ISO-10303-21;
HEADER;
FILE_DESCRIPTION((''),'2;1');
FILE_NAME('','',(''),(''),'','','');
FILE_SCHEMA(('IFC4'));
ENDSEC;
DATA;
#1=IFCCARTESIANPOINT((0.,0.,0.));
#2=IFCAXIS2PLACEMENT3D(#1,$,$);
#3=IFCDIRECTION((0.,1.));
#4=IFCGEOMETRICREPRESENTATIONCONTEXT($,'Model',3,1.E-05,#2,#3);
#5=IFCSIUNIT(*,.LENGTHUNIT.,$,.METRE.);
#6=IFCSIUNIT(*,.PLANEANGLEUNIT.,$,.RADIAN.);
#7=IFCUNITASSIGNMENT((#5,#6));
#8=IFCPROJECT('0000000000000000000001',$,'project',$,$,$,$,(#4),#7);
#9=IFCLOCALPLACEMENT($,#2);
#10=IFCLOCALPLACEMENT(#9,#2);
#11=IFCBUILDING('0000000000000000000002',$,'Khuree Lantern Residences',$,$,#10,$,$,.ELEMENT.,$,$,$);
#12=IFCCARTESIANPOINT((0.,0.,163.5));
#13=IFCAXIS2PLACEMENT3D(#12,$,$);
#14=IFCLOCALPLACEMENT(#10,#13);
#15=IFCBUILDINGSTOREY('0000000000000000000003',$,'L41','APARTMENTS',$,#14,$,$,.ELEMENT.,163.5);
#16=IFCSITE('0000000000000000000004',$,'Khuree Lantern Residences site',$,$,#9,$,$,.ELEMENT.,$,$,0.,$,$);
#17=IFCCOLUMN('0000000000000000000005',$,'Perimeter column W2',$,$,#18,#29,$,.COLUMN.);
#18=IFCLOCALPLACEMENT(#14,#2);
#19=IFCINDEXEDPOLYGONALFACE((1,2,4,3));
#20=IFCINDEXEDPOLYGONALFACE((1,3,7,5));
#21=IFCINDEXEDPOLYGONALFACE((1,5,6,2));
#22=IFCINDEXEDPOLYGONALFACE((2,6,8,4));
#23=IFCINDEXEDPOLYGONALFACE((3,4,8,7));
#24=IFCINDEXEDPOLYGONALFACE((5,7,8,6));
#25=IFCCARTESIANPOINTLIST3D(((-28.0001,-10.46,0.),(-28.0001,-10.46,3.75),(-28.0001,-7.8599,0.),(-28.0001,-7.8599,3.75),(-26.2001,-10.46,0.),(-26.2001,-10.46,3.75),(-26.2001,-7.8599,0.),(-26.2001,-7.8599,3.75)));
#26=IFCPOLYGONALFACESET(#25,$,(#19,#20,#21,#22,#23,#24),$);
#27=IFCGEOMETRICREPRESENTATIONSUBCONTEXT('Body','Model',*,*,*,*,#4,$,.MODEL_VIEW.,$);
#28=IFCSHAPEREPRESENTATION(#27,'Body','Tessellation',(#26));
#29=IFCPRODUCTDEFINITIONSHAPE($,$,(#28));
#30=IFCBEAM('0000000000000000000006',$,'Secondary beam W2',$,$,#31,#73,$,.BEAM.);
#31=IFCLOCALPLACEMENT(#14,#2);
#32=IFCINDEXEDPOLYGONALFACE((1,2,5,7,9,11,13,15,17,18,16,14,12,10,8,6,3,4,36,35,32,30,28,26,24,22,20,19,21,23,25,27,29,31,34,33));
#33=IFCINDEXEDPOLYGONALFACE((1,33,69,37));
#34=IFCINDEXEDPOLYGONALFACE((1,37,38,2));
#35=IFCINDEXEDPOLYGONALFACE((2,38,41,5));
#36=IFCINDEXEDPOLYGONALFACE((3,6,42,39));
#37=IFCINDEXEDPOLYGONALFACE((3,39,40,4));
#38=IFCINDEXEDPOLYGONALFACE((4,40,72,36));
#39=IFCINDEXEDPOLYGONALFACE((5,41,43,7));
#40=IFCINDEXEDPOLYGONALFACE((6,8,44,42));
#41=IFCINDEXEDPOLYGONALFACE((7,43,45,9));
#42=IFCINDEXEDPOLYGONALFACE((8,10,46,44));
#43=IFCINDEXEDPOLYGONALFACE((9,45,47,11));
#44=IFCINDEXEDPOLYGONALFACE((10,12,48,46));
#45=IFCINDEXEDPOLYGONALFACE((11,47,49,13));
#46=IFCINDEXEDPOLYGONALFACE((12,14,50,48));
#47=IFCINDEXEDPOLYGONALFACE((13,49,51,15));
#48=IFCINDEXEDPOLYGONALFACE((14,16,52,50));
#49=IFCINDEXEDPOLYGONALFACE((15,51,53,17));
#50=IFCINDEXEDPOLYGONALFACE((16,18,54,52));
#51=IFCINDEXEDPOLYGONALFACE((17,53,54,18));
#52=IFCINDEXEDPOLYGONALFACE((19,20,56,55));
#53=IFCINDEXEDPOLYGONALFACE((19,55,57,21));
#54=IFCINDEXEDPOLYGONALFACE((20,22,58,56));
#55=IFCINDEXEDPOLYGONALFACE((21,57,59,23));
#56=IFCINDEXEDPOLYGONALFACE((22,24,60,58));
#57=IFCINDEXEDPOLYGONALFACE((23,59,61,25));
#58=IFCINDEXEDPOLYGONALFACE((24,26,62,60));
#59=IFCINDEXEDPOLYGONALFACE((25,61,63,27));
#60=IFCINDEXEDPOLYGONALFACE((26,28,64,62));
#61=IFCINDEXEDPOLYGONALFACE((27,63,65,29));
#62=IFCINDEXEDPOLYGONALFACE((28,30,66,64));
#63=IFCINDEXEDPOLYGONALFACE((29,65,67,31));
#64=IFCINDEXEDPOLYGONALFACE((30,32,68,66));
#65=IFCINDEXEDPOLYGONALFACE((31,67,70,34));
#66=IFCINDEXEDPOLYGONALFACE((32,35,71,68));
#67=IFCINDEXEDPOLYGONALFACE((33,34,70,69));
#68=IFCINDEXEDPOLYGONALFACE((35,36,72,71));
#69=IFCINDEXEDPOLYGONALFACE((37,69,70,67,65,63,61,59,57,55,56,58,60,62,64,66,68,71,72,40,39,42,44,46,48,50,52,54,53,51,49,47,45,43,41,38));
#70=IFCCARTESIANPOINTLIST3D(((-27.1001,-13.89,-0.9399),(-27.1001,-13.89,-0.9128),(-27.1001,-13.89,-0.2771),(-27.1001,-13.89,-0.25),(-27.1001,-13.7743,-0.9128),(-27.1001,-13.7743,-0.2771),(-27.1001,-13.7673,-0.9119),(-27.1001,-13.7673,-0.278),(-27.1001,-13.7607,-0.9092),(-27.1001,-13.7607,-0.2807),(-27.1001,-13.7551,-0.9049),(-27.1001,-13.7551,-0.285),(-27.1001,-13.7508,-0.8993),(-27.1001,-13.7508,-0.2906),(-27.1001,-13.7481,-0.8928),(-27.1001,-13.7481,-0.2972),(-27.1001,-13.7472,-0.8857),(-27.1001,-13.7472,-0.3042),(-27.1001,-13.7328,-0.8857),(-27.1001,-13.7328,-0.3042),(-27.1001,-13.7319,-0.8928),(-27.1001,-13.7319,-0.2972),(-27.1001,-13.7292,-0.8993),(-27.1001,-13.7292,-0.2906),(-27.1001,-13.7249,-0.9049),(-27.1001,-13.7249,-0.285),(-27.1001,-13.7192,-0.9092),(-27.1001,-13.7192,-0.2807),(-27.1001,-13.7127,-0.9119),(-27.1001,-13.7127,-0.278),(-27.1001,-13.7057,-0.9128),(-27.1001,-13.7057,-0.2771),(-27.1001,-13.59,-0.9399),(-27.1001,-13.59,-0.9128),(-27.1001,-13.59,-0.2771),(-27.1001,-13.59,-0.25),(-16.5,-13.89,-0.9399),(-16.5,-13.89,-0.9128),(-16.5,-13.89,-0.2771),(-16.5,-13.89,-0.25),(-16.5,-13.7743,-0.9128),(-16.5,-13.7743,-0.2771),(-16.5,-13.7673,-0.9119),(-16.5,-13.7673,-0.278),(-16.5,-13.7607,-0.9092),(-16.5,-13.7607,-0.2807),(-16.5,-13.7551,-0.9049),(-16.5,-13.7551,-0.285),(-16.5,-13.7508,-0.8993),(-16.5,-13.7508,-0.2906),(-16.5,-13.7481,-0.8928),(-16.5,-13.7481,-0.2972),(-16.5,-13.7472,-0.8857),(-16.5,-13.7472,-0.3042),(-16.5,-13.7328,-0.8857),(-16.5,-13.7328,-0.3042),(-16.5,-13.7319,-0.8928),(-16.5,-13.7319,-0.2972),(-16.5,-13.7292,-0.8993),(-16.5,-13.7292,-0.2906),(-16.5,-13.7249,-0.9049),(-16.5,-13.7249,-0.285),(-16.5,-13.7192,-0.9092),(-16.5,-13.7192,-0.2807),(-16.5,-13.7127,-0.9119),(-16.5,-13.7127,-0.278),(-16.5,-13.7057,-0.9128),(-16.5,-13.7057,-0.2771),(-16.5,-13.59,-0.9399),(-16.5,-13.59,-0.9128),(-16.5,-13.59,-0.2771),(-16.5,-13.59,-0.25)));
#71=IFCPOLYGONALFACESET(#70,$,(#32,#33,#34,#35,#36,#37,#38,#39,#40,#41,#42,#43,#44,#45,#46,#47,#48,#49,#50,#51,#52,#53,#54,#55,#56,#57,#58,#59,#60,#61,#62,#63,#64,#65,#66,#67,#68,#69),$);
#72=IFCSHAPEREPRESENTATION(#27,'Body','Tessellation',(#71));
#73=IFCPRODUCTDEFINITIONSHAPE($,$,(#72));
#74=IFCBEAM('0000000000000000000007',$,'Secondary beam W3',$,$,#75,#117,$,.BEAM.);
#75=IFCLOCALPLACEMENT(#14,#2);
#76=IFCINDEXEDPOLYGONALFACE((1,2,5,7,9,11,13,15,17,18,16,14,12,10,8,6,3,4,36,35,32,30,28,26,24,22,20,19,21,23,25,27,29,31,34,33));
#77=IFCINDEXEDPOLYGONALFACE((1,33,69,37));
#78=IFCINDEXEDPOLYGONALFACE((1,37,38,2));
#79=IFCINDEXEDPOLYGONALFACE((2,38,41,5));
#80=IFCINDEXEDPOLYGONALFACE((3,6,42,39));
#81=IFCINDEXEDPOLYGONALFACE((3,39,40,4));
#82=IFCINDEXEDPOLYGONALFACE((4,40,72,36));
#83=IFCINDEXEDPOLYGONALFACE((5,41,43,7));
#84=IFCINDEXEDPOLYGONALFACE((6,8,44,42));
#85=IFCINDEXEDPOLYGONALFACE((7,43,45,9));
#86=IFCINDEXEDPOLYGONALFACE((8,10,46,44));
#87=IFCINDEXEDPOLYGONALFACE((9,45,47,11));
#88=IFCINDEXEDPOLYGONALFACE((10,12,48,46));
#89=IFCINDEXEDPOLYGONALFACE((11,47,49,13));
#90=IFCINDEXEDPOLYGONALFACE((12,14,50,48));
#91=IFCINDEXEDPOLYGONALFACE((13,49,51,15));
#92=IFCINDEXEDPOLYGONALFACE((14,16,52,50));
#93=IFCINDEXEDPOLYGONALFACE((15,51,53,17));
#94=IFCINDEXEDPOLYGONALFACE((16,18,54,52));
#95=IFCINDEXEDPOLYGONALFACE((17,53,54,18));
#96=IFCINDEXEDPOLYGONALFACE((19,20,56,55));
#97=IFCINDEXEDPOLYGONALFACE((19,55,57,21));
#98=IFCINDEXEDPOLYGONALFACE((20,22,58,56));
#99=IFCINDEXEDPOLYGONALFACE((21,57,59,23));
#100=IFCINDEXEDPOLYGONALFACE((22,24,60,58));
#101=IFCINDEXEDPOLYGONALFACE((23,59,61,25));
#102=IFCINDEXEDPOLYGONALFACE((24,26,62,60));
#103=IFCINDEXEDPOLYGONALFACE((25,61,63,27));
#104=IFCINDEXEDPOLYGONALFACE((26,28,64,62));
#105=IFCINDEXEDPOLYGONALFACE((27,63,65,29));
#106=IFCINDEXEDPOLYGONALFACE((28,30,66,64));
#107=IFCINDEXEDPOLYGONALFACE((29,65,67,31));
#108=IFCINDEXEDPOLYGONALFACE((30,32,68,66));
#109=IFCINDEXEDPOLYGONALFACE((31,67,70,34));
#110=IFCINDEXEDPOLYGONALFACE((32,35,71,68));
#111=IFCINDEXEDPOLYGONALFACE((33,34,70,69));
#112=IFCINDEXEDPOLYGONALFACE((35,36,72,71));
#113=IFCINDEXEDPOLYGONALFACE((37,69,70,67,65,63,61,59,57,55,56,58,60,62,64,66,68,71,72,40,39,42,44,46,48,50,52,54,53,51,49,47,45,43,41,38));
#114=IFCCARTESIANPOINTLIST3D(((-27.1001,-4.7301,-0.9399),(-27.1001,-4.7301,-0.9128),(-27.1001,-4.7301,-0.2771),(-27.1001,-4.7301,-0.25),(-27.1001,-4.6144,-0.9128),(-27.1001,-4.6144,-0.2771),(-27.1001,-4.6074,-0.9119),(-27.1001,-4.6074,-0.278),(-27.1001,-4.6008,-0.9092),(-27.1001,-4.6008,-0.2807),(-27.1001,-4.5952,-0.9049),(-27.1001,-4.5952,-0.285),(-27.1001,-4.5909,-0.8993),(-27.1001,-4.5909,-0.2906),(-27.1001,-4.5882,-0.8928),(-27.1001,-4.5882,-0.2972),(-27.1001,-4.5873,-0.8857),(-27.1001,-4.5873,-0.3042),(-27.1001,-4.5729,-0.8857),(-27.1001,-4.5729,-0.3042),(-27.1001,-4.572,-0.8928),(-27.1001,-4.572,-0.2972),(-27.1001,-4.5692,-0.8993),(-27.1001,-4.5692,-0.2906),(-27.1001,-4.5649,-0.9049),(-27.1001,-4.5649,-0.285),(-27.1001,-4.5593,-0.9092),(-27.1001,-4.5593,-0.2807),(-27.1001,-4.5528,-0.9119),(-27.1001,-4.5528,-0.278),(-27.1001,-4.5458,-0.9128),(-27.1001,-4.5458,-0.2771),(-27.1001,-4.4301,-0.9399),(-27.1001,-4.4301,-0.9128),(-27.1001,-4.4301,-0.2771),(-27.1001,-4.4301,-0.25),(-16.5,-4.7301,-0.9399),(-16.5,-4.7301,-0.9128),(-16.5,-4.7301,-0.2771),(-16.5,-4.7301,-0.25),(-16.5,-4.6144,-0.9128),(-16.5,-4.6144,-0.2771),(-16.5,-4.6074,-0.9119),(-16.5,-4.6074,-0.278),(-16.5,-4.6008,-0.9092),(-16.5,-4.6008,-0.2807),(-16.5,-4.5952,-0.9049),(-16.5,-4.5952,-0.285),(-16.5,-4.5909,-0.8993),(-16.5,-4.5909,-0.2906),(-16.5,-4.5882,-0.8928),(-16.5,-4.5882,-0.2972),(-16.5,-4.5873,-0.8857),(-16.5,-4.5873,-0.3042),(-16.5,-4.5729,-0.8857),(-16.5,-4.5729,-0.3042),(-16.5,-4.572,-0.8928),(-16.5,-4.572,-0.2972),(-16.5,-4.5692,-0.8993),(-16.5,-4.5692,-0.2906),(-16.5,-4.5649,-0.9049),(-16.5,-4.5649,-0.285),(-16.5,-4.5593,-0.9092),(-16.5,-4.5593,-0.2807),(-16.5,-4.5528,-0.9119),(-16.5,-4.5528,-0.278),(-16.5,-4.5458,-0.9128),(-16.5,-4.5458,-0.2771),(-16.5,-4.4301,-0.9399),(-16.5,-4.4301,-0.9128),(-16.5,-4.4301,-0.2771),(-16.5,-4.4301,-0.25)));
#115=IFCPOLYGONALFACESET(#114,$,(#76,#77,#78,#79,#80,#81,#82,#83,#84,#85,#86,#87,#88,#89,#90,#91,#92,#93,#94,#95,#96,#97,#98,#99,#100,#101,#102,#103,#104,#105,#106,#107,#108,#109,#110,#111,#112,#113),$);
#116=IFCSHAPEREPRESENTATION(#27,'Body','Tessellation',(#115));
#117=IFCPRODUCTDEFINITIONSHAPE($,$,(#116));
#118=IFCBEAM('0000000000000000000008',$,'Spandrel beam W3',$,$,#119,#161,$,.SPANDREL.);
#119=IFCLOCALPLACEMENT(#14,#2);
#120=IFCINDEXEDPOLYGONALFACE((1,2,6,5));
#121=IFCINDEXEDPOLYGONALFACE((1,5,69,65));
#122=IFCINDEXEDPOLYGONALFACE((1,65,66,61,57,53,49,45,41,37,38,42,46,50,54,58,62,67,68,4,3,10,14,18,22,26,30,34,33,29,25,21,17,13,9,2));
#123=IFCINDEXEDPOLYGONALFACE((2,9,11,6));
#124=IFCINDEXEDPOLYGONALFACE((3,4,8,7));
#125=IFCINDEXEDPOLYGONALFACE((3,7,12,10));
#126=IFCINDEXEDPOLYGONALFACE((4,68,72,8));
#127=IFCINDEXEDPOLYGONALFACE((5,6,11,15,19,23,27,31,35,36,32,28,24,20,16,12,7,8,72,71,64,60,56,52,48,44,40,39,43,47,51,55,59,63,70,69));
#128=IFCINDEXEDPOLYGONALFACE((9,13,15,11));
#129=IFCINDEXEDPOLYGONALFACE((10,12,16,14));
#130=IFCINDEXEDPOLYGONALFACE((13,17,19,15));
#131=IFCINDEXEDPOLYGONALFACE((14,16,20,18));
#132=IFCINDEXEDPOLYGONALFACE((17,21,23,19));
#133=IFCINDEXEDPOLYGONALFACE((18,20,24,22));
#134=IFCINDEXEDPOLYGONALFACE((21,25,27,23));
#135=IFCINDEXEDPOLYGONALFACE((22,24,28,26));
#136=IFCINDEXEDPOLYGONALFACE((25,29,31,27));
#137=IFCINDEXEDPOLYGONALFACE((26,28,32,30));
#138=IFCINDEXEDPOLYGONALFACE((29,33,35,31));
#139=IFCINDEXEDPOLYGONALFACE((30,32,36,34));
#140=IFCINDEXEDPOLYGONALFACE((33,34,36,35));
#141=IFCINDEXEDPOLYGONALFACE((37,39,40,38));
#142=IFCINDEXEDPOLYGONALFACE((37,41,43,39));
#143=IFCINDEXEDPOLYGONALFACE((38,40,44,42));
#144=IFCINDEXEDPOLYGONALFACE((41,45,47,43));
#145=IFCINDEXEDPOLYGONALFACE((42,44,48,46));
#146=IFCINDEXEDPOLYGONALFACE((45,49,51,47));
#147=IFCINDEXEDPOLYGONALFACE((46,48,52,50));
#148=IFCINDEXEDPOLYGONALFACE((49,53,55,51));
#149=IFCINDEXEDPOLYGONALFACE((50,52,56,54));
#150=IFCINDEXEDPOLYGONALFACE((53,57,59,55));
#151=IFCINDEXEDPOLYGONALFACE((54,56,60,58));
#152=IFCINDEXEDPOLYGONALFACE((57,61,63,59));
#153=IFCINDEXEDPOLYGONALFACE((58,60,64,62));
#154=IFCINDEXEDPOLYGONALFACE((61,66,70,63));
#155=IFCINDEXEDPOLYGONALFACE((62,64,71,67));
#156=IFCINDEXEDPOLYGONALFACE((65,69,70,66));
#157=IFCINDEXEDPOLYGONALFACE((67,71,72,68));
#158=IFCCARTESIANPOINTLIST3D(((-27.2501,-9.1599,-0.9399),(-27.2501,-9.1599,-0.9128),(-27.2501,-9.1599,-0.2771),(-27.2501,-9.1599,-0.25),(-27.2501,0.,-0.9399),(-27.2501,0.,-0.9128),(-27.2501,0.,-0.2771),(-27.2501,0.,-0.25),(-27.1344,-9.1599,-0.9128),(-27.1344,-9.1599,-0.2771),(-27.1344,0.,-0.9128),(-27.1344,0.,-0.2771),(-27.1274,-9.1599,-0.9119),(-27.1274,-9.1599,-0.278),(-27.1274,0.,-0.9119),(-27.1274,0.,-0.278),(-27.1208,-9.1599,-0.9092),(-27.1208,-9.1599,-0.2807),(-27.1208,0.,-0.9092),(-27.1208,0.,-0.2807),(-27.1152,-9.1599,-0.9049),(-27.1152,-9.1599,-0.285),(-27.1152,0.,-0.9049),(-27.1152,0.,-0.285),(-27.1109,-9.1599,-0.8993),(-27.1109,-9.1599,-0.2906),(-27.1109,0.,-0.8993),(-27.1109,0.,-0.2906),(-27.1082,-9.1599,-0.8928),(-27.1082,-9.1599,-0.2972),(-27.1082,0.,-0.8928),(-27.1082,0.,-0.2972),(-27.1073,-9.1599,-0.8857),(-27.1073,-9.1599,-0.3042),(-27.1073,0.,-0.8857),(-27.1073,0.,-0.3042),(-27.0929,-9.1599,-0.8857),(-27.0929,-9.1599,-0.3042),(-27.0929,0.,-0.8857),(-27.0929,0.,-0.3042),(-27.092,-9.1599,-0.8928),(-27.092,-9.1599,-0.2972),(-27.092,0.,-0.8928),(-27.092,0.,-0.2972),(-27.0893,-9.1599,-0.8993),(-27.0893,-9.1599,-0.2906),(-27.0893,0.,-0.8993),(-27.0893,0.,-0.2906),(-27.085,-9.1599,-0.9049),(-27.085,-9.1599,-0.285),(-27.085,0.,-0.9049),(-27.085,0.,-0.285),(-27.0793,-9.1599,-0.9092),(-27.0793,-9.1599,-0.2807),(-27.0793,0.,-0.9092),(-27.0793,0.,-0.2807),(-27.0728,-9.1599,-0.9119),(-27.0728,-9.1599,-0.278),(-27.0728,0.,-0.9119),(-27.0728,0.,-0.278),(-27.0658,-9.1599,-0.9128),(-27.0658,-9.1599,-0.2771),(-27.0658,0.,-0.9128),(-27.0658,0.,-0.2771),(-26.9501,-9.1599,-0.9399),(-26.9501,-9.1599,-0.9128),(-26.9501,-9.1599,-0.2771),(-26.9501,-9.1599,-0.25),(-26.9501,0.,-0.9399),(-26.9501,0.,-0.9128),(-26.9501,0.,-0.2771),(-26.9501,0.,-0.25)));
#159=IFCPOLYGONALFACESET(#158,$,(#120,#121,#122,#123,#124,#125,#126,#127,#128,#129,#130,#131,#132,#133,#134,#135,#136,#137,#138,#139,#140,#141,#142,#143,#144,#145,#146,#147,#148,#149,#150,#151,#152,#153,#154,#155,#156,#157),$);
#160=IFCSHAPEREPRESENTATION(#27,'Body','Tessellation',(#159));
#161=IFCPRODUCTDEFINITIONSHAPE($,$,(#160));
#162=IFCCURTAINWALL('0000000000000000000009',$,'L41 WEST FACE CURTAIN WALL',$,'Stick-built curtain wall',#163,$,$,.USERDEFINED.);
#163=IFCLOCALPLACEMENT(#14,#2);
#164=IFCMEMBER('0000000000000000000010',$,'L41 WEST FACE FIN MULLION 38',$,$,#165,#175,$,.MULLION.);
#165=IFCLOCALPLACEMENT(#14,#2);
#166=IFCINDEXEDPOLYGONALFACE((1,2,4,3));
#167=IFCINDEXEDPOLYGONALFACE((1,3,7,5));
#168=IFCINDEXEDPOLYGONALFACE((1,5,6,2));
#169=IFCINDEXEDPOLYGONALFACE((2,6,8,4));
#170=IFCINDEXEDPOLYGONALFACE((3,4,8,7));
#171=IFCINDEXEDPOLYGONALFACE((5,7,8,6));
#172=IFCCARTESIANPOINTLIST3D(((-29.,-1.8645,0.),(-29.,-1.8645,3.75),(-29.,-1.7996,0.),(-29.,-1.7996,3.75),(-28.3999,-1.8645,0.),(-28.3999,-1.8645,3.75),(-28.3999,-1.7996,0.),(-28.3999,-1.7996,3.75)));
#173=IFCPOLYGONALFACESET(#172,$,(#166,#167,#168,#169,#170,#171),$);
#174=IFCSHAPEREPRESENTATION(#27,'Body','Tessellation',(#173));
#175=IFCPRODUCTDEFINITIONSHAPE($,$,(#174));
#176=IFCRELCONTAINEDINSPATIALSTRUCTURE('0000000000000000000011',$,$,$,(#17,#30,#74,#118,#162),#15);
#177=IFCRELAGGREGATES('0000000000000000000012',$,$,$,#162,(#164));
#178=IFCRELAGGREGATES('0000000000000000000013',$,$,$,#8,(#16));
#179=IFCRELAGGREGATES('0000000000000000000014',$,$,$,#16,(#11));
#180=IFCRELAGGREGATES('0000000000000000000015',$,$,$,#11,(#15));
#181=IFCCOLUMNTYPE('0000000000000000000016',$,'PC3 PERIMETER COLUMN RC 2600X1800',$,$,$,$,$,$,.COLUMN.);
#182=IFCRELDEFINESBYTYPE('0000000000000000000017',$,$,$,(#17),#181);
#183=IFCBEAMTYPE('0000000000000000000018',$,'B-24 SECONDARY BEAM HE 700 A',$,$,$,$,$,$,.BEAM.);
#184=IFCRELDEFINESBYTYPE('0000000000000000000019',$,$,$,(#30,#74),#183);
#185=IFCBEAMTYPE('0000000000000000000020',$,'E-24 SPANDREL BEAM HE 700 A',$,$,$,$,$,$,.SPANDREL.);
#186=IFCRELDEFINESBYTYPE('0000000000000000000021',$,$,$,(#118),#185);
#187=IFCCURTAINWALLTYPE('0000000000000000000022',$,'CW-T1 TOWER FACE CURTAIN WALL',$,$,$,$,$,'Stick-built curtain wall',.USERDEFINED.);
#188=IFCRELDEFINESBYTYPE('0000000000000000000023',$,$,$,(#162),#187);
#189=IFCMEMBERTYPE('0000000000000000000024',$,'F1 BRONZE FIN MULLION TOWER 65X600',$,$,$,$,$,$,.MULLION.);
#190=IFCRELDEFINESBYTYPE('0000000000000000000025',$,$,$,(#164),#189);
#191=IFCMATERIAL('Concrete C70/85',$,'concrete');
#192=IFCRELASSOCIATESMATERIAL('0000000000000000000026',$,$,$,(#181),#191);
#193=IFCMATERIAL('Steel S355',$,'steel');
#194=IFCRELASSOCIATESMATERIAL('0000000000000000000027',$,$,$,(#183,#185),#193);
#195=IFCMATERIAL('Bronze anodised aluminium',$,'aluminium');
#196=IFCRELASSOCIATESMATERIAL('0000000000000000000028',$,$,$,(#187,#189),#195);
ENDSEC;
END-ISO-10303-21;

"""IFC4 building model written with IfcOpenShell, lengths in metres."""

from ifc_helpers import new_model, si_unit, direction, frame, origin, origin_2d, place, context, subcontext, project, spatial, rectangle, i_section, extrude, material, material_profile, profile_set, type_object, element, aggregate, save


model = new_model("IFC4")

# Units and contexts
model_context = context("Model", 3, precision=1e-05, world=origin(), true_north=direction((0.0, 1.0)))
body_context = subcontext(model_context, "Body", "Model", "MODEL_VIEW")
ifc_project = project(units=[si_unit("LENGTHUNIT", "METRE"), si_unit("PLANEANGLEUNIT", "RADIAN")], contexts=[model_context])

# Site, building, storey
site_placement = place(None, origin())
site = spatial("IfcSite", under=ifc_project, at=site_placement, Name="Khuree Lantern Residences site", CompositionType="ELEMENT", RefElevation=0.0)
building_placement = place(site_placement, origin())
building = spatial("IfcBuilding", under=site, at=building_placement, Name="Khuree Lantern Residences", CompositionType="ELEMENT")
storey_placement = place(building_placement, frame((0.0, 0.0, 163.5)))
storey = spatial("IfcBuildingStorey", under=building, at=storey_placement, Name="L41", Description="APARTMENTS", CompositionType="ELEMENT", Elevation=163.5)

# Column
ifc_material_1 = material(Name="Concrete C70/85", Category="concrete")
ifc_material_profile_1 = material_profile(ifc_material_1, rectangle(XDim=2.6001, YDim=1.8, at=origin_2d()), Name="RC 2600X1800")
ifc_profile_set_1 = profile_set([ifc_material_profile_1], Name="Concrete C70/85")
column_type = type_object("IfcColumnType", Name="PC3 PERIMETER COLUMN RC 2600X1800", PredefinedType="COLUMN", material=ifc_profile_set_1)
column_placement = place(storey_placement, frame((-27.1001, -9.1599, 0.0), z_axis=(0.0, 0.0, 1.0), x_axis=(0.0, 1.0, 0.0)))
element("IfcColumn", 1, at=column_placement, inside=storey, type_object=column_type, Name="Perimeter column W2", PredefinedType="COLUMN", context=body_context, shape_type="SweptSolid", body=[
    extrude(rectangle(XDim=2.6001, YDim=1.8, at=origin_2d()), origin(), (0.0, 0.0, 1.0), 3.75),
])

# Beams
ifc_material_2 = material(Name="Steel S355", Category="steel")
ifc_material_profile_2 = material_profile(ifc_material_2, i_section(OverallWidth=0.3, OverallDepth=0.6899, WebThickness=0.0144, FlangeThickness=0.0271, FilletRadius=0.0271, at=origin_2d()), Name="HE 700 A")
ifc_profile_set_2 = profile_set([ifc_material_profile_2], Name="Steel S355")
beam_type_1 = type_object("IfcBeamType", Name="B-24 SECONDARY BEAM HE 700 A", PredefinedType="BEAM", material=ifc_profile_set_2)
for number, where, z_axis, x_axis, name in (
    (2, (-27.1001, -13.74, -0.595), (1.0, 0.0, 0.0), (0.0, 1.0, 0.0), "Secondary beam W2"),
    (3, (-27.1001, -4.5801, -0.595), (1.0, 0.0, 0.0), (0.0, 1.0, 0.0), "Secondary beam W3"),
):
    element("IfcBeam", number, at=place(storey_placement, frame(where, z_axis=z_axis, x_axis=x_axis)), inside=storey, type_object=beam_type_1, Name=name, PredefinedType="BEAM", context=body_context, shape_type="SweptSolid", body=[
        extrude(i_section(OverallWidth=0.3, OverallDepth=0.6899, WebThickness=0.0144, FlangeThickness=0.0271, FilletRadius=0.0271, at=origin_2d()), origin(), (0.0, 0.0, 1.0), 10.6001),
    ])
ifc_material_profile_3 = material_profile(ifc_material_2, i_section(OverallWidth=0.3, OverallDepth=0.6899, WebThickness=0.0144, FlangeThickness=0.0271, FilletRadius=0.0271, at=origin_2d()), Name="HE 700 A")
ifc_profile_set_3 = profile_set([ifc_material_profile_3], Name="Steel S355")
beam_type_2 = type_object("IfcBeamType", Name="E-24 SPANDREL BEAM HE 700 A", PredefinedType="SPANDREL", material=ifc_profile_set_3)
beam_1_placement = place(storey_placement, frame((-27.1001, -9.1599, -0.595), z_axis=(0.0, 1.0, 0.0), x_axis=(-1.0, 0.0, 0.0)))
element("IfcBeam", 4, at=beam_1_placement, inside=storey, type_object=beam_type_2, Name="Spandrel beam W3", PredefinedType="SPANDREL", context=body_context, shape_type="SweptSolid", body=[
    extrude(i_section(OverallWidth=0.3, OverallDepth=0.6899, WebThickness=0.0144, FlangeThickness=0.0271, FilletRadius=0.0271, at=origin_2d()), origin(), (0.0, 0.0, 1.0), 9.1599),
])

# Curtain wall, member
ifc_material_3 = material(Name="Bronze anodised aluminium", Category="aluminium")
curtain_wall_type = type_object("IfcCurtainWallType", Name="CW-T1 TOWER FACE CURTAIN WALL", ElementType="Stick-built curtain wall", PredefinedType="USERDEFINED", material=ifc_material_3)
curtain_wall_placement = place(storey_placement, origin())
curtain_wall = element("IfcCurtainWall", 5, at=curtain_wall_placement, inside=storey, type_object=curtain_wall_type, Name="L41 WEST FACE CURTAIN WALL", ObjectType="Stick-built curtain wall", PredefinedType="USERDEFINED")
ifc_material_profile_4 = material_profile(ifc_material_3, rectangle(XDim=0.0649, YDim=0.6001, at=origin_2d()), Name="F1 65X600")
ifc_profile_set_4 = profile_set([ifc_material_profile_4], Name="Bronze anodised aluminium")
member_type_1 = type_object("IfcMemberType", Name="F1 BRONZE FIN MULLION TOWER 65X600", PredefinedType="MULLION", material=ifc_profile_set_4)
member_1_placement = place(storey_placement, frame((-28.7, -1.832, 0.0), z_axis=(0.0, 0.0, 1.0), x_axis=(0.0, -1.0, 0.0)))
member_1 = element("IfcMember", 6, at=member_1_placement, type_object=member_type_1, Name="L41 WEST FACE FIN MULLION 38", PredefinedType="MULLION", context=body_context, shape_type="SweptSolid", body=[
    extrude(rectangle(XDim=0.0649, YDim=0.6001, at=origin_2d()), origin(), (0.0, 0.0, 1.0), 3.75),
])

aggregate(curtain_wall, [member_1])

save(model, "model.ifc")
